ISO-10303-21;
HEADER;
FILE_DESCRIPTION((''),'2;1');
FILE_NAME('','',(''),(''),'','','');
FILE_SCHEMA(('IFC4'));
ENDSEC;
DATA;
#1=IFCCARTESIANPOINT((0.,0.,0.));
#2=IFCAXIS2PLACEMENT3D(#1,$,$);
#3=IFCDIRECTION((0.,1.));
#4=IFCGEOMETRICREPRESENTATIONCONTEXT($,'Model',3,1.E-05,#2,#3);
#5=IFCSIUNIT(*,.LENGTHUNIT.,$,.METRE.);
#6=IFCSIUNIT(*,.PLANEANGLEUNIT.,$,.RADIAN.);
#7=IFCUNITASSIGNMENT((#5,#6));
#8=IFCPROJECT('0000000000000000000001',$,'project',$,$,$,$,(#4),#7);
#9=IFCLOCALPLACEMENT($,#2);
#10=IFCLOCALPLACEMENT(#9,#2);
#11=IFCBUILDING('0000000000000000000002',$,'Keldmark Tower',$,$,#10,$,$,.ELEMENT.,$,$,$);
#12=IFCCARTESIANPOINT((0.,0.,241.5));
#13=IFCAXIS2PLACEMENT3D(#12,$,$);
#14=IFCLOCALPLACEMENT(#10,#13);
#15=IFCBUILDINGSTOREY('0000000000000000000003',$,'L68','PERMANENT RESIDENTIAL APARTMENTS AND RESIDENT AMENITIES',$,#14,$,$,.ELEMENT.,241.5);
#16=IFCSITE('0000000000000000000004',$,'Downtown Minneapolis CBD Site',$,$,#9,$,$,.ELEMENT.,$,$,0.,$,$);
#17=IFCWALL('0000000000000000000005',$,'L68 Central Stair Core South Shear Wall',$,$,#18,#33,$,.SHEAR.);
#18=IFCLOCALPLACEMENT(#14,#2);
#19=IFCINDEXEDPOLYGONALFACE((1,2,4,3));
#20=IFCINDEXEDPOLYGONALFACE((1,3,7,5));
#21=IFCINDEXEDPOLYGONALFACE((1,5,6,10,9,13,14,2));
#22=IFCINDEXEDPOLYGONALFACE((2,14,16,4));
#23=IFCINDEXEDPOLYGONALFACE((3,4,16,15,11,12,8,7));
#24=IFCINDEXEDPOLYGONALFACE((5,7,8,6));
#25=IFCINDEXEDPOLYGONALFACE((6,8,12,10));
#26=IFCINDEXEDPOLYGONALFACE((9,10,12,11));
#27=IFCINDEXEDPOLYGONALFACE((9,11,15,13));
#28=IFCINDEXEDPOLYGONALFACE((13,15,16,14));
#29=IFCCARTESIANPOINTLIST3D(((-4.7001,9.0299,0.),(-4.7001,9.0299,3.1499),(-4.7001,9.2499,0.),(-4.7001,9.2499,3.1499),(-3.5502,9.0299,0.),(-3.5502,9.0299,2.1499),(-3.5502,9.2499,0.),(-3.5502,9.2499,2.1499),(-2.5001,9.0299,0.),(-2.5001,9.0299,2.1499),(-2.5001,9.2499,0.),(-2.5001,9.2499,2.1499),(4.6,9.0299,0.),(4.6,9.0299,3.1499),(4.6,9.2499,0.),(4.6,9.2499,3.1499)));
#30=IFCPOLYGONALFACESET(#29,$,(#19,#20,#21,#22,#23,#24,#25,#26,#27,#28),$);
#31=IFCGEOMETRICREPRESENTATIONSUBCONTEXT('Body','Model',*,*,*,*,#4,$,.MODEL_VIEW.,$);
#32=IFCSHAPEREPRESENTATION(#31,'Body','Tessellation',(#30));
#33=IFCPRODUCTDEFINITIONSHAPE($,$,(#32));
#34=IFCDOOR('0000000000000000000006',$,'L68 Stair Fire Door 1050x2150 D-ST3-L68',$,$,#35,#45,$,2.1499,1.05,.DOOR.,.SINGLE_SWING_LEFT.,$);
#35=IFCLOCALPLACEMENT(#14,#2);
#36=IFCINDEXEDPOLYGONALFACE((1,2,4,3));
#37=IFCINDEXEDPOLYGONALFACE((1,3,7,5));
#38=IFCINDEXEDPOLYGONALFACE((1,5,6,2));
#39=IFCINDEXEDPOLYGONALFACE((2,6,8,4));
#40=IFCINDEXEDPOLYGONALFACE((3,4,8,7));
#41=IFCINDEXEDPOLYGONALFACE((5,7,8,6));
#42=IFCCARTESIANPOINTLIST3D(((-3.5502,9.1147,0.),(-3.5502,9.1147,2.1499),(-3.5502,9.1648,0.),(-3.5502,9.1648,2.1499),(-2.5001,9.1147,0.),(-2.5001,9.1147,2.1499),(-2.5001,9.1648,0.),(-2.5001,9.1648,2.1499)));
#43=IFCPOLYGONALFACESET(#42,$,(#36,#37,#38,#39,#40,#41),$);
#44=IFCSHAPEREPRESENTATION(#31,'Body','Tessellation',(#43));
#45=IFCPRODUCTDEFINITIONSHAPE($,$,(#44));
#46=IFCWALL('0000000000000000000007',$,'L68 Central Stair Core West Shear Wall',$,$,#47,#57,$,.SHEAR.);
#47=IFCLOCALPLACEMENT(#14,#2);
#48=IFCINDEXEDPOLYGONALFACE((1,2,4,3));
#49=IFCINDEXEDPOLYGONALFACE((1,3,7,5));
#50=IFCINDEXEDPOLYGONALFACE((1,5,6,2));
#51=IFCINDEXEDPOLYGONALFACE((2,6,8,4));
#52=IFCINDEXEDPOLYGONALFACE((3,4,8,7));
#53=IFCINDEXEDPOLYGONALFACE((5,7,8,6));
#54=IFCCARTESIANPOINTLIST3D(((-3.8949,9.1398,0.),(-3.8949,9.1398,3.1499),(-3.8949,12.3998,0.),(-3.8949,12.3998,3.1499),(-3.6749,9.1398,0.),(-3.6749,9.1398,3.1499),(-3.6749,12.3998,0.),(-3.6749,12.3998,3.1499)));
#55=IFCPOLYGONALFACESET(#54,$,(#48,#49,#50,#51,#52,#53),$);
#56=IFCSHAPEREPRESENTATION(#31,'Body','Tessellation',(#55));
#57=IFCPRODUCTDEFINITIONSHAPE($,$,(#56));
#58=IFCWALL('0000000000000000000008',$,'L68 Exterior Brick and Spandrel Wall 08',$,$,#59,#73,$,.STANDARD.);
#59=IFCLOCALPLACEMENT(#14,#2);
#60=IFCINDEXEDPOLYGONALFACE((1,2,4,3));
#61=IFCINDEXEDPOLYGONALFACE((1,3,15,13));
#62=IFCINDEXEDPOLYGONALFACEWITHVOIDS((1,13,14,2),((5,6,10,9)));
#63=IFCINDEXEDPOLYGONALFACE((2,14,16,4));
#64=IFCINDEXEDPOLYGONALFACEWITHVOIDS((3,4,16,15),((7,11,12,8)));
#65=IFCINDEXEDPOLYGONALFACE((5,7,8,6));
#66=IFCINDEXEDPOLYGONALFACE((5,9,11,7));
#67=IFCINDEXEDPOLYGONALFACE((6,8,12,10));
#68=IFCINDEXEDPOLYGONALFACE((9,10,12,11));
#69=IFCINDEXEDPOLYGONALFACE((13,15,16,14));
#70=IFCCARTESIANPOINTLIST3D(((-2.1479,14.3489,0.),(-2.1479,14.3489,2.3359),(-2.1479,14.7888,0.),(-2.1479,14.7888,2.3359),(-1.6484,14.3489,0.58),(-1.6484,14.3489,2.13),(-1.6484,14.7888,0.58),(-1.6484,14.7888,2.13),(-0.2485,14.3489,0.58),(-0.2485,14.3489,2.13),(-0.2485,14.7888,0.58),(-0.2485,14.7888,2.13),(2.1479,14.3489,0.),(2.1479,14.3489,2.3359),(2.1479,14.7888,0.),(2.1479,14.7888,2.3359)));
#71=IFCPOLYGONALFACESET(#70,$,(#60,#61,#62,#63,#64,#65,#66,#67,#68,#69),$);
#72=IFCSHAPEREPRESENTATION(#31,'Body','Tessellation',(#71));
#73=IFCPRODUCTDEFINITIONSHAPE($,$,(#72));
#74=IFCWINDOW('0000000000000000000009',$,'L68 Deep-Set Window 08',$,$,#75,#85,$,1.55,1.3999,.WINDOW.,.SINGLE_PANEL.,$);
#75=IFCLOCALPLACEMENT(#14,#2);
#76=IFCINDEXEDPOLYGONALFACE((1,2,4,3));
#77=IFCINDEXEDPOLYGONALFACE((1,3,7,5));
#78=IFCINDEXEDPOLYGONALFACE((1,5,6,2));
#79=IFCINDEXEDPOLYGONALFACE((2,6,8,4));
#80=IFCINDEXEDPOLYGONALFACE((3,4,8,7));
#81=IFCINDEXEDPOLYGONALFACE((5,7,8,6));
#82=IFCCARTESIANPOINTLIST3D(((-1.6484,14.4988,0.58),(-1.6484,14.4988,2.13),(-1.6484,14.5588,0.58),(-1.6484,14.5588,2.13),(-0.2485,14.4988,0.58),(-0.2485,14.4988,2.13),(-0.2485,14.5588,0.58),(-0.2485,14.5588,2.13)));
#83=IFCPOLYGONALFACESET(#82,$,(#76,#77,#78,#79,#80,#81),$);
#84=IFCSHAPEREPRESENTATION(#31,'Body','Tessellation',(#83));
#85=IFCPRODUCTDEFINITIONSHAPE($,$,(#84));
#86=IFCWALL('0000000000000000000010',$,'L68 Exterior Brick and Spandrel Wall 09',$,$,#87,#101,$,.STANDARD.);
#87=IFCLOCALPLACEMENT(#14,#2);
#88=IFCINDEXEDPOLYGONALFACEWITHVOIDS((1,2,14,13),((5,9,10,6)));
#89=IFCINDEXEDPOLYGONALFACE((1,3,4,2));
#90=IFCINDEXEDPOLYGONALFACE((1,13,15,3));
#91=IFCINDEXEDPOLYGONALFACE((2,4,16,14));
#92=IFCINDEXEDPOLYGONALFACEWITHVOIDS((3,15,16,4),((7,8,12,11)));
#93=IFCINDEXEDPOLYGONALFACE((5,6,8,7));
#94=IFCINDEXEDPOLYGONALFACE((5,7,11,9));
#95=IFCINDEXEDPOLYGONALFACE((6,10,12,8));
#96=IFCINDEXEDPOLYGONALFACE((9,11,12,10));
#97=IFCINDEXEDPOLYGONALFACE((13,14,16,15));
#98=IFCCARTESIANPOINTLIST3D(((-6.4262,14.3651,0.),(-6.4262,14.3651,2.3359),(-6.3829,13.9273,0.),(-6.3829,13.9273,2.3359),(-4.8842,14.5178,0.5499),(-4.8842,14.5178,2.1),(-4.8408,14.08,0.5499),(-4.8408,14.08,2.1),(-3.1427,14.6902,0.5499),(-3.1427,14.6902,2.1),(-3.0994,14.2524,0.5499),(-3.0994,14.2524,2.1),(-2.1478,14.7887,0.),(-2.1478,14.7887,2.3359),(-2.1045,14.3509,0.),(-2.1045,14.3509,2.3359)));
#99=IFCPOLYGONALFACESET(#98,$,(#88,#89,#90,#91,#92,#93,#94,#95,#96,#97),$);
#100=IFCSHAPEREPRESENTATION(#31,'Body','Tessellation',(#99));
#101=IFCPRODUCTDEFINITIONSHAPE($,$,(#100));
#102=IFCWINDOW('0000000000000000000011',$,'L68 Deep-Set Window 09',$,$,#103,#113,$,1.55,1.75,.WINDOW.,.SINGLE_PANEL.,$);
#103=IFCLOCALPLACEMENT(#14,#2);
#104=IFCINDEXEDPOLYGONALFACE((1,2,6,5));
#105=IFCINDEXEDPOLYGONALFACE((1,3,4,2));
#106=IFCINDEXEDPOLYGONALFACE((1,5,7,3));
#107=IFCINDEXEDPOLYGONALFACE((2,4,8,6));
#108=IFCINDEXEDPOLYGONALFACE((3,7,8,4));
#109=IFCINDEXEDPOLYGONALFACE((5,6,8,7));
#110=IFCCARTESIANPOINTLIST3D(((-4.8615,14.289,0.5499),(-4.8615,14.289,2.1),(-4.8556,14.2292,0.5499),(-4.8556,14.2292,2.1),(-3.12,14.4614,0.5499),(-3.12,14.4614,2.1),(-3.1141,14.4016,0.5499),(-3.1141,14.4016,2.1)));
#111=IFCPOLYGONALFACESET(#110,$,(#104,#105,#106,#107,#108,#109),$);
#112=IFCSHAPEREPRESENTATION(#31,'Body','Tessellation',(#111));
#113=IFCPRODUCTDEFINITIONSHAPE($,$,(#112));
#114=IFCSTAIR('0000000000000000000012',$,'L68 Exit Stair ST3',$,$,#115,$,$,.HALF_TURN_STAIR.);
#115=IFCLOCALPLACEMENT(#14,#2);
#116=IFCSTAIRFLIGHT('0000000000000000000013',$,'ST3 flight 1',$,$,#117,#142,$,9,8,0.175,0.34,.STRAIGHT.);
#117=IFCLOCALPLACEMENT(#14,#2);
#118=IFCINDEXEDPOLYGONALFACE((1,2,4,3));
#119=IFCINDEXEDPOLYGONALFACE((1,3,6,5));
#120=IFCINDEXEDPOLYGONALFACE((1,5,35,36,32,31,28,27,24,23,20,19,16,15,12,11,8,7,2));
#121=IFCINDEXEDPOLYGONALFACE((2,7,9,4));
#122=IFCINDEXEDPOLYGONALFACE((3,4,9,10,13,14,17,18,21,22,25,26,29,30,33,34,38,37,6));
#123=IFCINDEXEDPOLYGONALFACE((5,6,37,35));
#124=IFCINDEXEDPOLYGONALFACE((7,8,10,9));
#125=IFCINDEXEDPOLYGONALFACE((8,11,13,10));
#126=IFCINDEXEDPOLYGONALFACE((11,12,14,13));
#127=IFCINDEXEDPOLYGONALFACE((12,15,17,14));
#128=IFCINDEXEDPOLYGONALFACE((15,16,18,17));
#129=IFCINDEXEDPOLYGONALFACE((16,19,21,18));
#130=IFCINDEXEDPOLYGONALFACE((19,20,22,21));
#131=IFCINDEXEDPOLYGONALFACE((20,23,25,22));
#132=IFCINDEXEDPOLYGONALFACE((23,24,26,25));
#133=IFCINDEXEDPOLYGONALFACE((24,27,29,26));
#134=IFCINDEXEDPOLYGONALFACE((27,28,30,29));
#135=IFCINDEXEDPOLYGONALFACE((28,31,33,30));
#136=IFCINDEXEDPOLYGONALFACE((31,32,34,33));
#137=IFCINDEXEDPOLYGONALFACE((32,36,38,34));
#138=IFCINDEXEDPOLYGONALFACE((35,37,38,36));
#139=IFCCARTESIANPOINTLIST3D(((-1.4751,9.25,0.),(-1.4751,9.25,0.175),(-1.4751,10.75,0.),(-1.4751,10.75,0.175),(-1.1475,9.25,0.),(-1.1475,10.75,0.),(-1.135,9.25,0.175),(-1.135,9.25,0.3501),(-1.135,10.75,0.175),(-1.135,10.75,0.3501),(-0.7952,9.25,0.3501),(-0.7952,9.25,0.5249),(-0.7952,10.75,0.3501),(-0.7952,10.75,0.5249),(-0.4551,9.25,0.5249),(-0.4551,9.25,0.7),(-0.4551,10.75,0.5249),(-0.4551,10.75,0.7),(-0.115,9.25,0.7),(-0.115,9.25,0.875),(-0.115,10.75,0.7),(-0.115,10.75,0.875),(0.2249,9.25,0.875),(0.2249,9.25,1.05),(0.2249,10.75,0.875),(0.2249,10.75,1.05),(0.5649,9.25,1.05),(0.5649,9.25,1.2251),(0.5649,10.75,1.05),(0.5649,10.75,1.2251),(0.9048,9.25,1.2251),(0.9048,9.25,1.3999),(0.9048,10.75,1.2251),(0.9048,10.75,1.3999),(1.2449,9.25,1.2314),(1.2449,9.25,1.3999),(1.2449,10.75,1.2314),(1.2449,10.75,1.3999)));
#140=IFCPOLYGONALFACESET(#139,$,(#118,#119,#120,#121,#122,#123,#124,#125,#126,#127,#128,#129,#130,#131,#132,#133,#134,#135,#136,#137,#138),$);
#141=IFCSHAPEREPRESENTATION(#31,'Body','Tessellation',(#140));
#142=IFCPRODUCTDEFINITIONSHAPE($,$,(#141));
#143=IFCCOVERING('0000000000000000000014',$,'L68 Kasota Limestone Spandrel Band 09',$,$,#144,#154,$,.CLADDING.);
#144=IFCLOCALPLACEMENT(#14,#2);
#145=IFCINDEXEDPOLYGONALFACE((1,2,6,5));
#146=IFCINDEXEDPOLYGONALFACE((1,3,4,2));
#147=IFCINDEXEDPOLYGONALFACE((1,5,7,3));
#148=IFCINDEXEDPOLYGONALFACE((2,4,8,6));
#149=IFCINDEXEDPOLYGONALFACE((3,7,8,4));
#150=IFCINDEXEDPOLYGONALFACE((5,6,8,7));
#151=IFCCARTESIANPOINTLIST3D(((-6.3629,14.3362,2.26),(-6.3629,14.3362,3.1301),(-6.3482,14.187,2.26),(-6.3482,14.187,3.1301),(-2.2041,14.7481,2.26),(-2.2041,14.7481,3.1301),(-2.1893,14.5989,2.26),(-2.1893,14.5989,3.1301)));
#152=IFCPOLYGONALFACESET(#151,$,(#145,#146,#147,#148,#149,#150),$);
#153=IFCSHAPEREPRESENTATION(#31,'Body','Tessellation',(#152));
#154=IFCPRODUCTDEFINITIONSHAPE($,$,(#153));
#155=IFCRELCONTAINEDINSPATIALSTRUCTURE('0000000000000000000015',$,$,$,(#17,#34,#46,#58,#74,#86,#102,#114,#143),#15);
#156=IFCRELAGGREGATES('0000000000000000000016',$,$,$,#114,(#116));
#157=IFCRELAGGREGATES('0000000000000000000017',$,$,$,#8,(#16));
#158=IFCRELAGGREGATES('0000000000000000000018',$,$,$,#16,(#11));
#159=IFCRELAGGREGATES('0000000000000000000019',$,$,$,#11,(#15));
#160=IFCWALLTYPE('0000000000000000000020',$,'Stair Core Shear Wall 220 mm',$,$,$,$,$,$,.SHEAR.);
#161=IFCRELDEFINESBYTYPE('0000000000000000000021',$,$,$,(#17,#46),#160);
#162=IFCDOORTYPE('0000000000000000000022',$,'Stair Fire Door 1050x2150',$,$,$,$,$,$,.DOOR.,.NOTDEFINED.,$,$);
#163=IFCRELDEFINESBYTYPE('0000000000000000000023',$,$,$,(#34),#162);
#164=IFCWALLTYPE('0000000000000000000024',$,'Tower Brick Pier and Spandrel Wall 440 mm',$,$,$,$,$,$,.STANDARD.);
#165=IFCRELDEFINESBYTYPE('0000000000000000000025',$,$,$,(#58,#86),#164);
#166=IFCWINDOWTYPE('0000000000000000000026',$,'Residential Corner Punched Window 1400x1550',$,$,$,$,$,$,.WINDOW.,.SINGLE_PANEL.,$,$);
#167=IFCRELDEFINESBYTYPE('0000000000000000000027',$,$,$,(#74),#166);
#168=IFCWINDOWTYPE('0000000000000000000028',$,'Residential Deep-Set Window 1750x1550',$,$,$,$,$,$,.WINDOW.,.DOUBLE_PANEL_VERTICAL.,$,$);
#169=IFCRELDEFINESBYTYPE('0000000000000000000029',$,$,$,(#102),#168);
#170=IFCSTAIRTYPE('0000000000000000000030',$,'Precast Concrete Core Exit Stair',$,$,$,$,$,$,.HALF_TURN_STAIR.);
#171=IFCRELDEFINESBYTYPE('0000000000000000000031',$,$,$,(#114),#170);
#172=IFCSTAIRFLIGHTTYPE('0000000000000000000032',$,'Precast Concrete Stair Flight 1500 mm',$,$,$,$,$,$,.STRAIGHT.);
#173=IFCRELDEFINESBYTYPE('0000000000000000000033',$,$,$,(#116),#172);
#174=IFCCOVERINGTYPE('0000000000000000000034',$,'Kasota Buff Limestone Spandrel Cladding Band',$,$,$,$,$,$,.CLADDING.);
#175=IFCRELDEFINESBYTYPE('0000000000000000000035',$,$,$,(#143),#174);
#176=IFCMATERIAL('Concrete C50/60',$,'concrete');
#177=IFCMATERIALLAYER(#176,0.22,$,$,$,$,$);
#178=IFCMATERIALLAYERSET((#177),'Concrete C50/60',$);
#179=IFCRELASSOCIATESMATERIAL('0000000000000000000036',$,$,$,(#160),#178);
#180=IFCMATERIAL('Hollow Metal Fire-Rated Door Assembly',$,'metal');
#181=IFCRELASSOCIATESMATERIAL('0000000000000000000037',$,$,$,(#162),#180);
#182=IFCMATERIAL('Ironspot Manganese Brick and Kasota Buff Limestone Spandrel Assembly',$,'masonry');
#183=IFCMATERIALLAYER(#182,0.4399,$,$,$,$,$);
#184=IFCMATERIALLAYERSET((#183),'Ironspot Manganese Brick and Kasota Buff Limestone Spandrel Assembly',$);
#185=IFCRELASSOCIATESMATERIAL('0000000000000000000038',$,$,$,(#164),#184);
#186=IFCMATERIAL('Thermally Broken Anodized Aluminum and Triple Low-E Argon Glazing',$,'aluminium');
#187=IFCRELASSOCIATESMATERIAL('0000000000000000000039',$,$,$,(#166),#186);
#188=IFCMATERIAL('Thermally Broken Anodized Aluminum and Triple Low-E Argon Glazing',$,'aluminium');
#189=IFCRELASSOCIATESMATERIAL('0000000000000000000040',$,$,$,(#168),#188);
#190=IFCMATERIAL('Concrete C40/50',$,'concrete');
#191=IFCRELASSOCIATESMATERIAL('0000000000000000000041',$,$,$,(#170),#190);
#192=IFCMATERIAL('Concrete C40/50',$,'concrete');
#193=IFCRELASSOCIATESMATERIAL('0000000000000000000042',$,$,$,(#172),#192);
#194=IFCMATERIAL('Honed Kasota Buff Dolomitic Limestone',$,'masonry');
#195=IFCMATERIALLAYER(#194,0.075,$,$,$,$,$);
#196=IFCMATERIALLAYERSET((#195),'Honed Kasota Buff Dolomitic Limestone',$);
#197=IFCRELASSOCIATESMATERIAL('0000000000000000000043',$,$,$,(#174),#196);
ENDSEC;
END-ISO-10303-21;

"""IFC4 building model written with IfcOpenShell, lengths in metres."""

from ifc_helpers import new_model, si_unit, direction, frame, frame_2d, origin, origin_2d, place, context, subcontext, project, spatial, polyline, rectangle, outline, extrude, material, layer, layer_set, type_object, element, fill, aggregate, save


model = new_model("IFC4")

# Units and contexts
model_context = context("Model", 3, precision=1e-05, world=origin(), true_north=direction((0.0, 1.0)))
body_context = subcontext(model_context, "Body", "Model", "MODEL_VIEW")
ifc_project = project(units=[si_unit("LENGTHUNIT", "METRE"), si_unit("PLANEANGLEUNIT", "RADIAN")], contexts=[model_context])

# Site, building, storey
site_placement = place(None, origin())
site = spatial("IfcSite", under=ifc_project, at=site_placement, Name="Downtown Minneapolis CBD Site", CompositionType="ELEMENT", RefElevation=0.0)
building_placement = place(site_placement, origin())
building = spatial("IfcBuilding", under=site, at=building_placement, Name="Keldmark Tower", CompositionType="ELEMENT")
storey_placement = place(building_placement, frame((0.0, 0.0, 241.5)))
storey = spatial("IfcBuildingStorey", under=building, at=storey_placement, Name="L68", Description="PERMANENT RESIDENTIAL APARTMENTS AND RESIDENT AMENITIES", CompositionType="ELEMENT", Elevation=241.5)

# Wall, opening, door
ifc_material_1 = material(Name="Concrete C50/60", Category="concrete")
ifc_layer_1 = layer(ifc_material_1, 0.22)
ifc_layer_set_1 = layer_set([ifc_layer_1], Name="Concrete C50/60")
wall_type_1 = type_object("IfcWallType", Name="Stair Core Shear Wall 220 mm", PredefinedType="SHEAR", material=ifc_layer_set_1)
wall_1_placement = place(storey_placement, frame((-4.7, 9.1399, 0.0), z_axis=(0.0, 0.0, 1.0), x_axis=(1.0, 0.0, 0.0)))
wall_1 = element("IfcWall", 1, at=wall_1_placement, inside=storey, type_object=wall_type_1, Name="L68 Central Stair Core South Shear Wall", PredefinedType="SHEAR", context=body_context, shape_type="SweptSolid", body=[
    extrude(rectangle(XDim=9.3, YDim=0.22, at=frame_2d((4.6499, 0.0))), origin(), (0.0, 0.0, 1.0), 3.1499),
])
opening_1_placement = place(wall_1_placement, frame((1.1499, 0.0, 0.0)))
opening_1 = element("IfcOpeningElement", 2, at=opening_1_placement, cuts=wall_1, PredefinedType="OPENING", context=body_context, shape_type="SweptSolid", body=[
    extrude(rectangle(XDim=1.05, YDim=2.1499, at=frame_2d((0.5249, 1.075))), frame((0.0, 0.1199, 0.0), z_axis=(0.0, -1.0, 0.0), x_axis=(1.0, 0.0, 0.0)), (0.0, 0.0, 1.0), 0.24),
])
ifc_material_2 = material(Name="Hollow Metal Fire-Rated Door Assembly", Category="metal")
door_type = type_object("IfcDoorType", Name="Stair Fire Door 1050x2150", OperationType="NOTDEFINED", PredefinedType="DOOR", material=ifc_material_2)
door_placement = place(opening_1_placement, origin())
door = element("IfcDoor", 3, at=door_placement, inside=storey, type_object=door_type, Name="L68 Stair Fire Door 1050x2150 D-ST3-L68", OperationType="SINGLE_SWING_LEFT", OverallHeight=2.1499, OverallWidth=1.05, PredefinedType="DOOR", context=body_context, shape_type="SweptSolid", body=[
    extrude(rectangle(XDim=1.05, YDim=2.1499, at=frame_2d((0.5249, 1.075))), frame((0.0, 0.0249, 0.0), z_axis=(0.0, -1.0, 0.0), x_axis=(1.0, 0.0, 0.0)), (0.0, 0.0, 1.0), 0.05),
])
fill(opening_1, door)

# Wall
wall_2_placement = place(storey_placement, frame((-3.7849, 9.1399, 0.0), z_axis=(0.0, 0.0, 1.0), x_axis=(0.0, 1.0, 0.0)))
element("IfcWall", 4, at=wall_2_placement, inside=storey, type_object=wall_type_1, Name="L68 Central Stair Core West Shear Wall", PredefinedType="SHEAR", context=body_context, shape_type="SweptSolid", body=[
    extrude(rectangle(XDim=3.26, YDim=0.22, at=frame_2d((1.6299, 0.0))), origin(), (0.0, 0.0, 1.0), 3.1499),
])

# Walls, openings, windows
ifc_material_3 = material(Name="Ironspot Manganese Brick and Kasota Buff Limestone Spandrel Assembly", Category="masonry")
ifc_layer_2 = layer(ifc_material_3, 0.4399)
ifc_layer_set_2 = layer_set([ifc_layer_2], Name="Ironspot Manganese Brick and Kasota Buff Limestone Spandrel Assembly")
wall_type_2 = type_object("IfcWallType", Name="Tower Brick Pier and Spandrel Wall 440 mm", PredefinedType="STANDARD", material=ifc_layer_set_2)
wall_3_placement = place(storey_placement, frame((-2.1479, 14.5688, 0.0), z_axis=(0.0, 0.0, 1.0), x_axis=(1.0, 0.0, 0.0)))
wall_3 = element("IfcWall", 5, at=wall_3_placement, inside=storey, type_object=wall_type_2, Name="L68 Exterior Brick and Spandrel Wall 08", PredefinedType="STANDARD", context=body_context, shape_type="SweptSolid", body=[
    extrude(rectangle(XDim=4.2959, YDim=0.4399, at=frame_2d((2.1479, 0.0))), origin(), (0.0, 0.0, 1.0), 2.3359),
])
opening_2_placement = place(wall_3_placement, frame((0.4995, 0.0, 0.5801)))
opening_2 = element("IfcOpeningElement", 6, at=opening_2_placement, cuts=wall_3, PredefinedType="OPENING", context=body_context, shape_type="SweptSolid", body=[
    extrude(rectangle(XDim=1.3999, YDim=1.55, at=frame_2d((0.7, 0.7749))), frame((0.0, 0.23, 0.0), z_axis=(0.0, -1.0, 0.0), x_axis=(1.0, 0.0, 0.0)), (0.0, 0.0, 1.0), 0.46),
])
ifc_material_4 = material(Name="Thermally Broken Anodized Aluminum and Triple Low-E Argon Glazing", Category="aluminium")
window_type_1 = type_object("IfcWindowType", Name="Residential Corner Punched Window 1400x1550", PartitioningType="SINGLE_PANEL", PredefinedType="WINDOW", material=ifc_material_4)
window_1_placement = place(opening_2_placement, origin())
window_1 = element("IfcWindow", 7, at=window_1_placement, inside=storey, type_object=window_type_1, Name="L68 Deep-Set Window 08", OverallHeight=1.55, OverallWidth=1.3999, PartitioningType="SINGLE_PANEL", PredefinedType="WINDOW", context=body_context, shape_type="SweptSolid", body=[
    extrude(rectangle(XDim=1.3999, YDim=1.55, at=frame_2d((0.7, 0.7749))), frame((0.0, -0.01, 0.0), z_axis=(0.0, -1.0, 0.0), x_axis=(1.0, 0.0, 0.0)), (0.0, 0.0, 1.0), 0.0601),
])
fill(opening_2, window_1)
wall_4_placement = place(storey_placement, frame((-6.4045, 14.1462, 0.0), z_axis=(0.0, 0.0, 1.0), x_axis=(0.995135, 0.098525, 0.0)))
wall_4 = element("IfcWall", 8, at=wall_4_placement, inside=storey, type_object=wall_type_2, Name="L68 Exterior Brick and Spandrel Wall 09", PredefinedType="STANDARD", context=body_context, shape_type="SweptSolid", body=[
    extrude(rectangle(XDim=4.2993, YDim=0.4399, at=frame_2d((2.1497, 0.0))), origin(), (0.0, 0.0, 1.0), 2.3359),
])
opening_3_placement = place(wall_4_placement, frame((1.5496, 0.0, 0.55)))
opening_3 = element("IfcOpeningElement", 9, at=opening_3_placement, cuts=wall_4, PredefinedType="OPENING", context=body_context, shape_type="SweptSolid", body=[
    extrude(rectangle(XDim=1.75, YDim=1.55, at=frame_2d((0.875, 0.7749))), frame((0.0, 0.23, 0.0), z_axis=(0.0, -1.0, 0.0), x_axis=(1.0, 0.0, 0.0)), (0.0, 0.0, 1.0), 0.46),
])
ifc_material_5 = material(Name="Thermally Broken Anodized Aluminum and Triple Low-E Argon Glazing", Category="aluminium")
window_type_2 = type_object("IfcWindowType", Name="Residential Deep-Set Window 1750x1550", PartitioningType="DOUBLE_PANEL_VERTICAL", PredefinedType="WINDOW", material=ifc_material_5)
window_2_placement = place(opening_3_placement, origin())
window_2 = element("IfcWindow", 10, at=window_2_placement, inside=storey, type_object=window_type_2, Name="L68 Deep-Set Window 09", OverallHeight=1.55, OverallWidth=1.75, PartitioningType="SINGLE_PANEL", PredefinedType="WINDOW", context=body_context, shape_type="SweptSolid", body=[
    extrude(rectangle(XDim=1.75, YDim=1.55, at=frame_2d((0.875, 0.7749))), frame((0.0, -0.01, 0.0), z_axis=(0.0, -1.0, 0.0), x_axis=(1.0, 0.0, 0.0)), (0.0, 0.0, 1.0), 0.0601),
])
fill(opening_3, window_2)

# Stair, stair flight
ifc_material_6 = material(Name="Concrete C40/50", Category="concrete")
stair_type = type_object("IfcStairType", Name="Precast Concrete Core Exit Stair", PredefinedType="HALF_TURN_STAIR", material=ifc_material_6)
stair_placement = place(storey_placement, origin())
stair = element("IfcStair", 11, at=stair_placement, inside=storey, type_object=stair_type, Name="L68 Exit Stair ST3", PredefinedType="HALF_TURN_STAIR")
ifc_material_7 = material(Name="Concrete C40/50", Category="concrete")
stair_flight_type = type_object("IfcStairFlightType", Name="Precast Concrete Stair Flight 1500 mm", PredefinedType="STRAIGHT", material=ifc_material_7)
stair_flight_placement = place(storey_placement, frame((-1.4751, 10.0, 0.0), z_axis=(0.0, 0.0, 1.0), x_axis=(1.0, 0.0, 0.0)))
stair_flight = element("IfcStairFlight", 12, at=stair_flight_placement, type_object=stair_flight_type, Name="ST3 flight 1", NumberOfRisers=9, NumberOfTreads=8, PredefinedType="STRAIGHT", RiserHeight=0.175, TreadLength=0.34, context=body_context, shape_type="SweptSolid", body=[
    extrude(outline(polyline([(0.0, 0.0), (0.0, 0.175), (0.3401, 0.175), (0.3401, 0.3501), (0.6799, 0.3501), (0.6799, 0.5249), (1.02, 0.5249), (1.02, 0.7), (1.3601, 0.7), (1.3601, 0.875), (1.7, 0.875), (1.7, 1.05), (2.04, 1.05), (2.04, 1.2251), (2.3799, 1.2251), (2.3799, 1.3999), (2.72, 1.3999), (2.72, 1.575), (2.72, 1.2314), (0.3276, 0.0), (0.0, 0.0)])), frame((0.0, 0.75, 0.0), z_axis=(0.0, -1.0, 0.0), x_axis=(1.0, 0.0, 0.0)), (0.0, 0.0, 1.0), 1.5),
])
aggregate(stair, [stair_flight])

# Covering
ifc_material_8 = material(Name="Honed Kasota Buff Dolomitic Limestone", Category="masonry")
ifc_layer_3 = layer(ifc_material_8, 0.075)
ifc_layer_set_3 = layer_set([ifc_layer_3], Name="Honed Kasota Buff Dolomitic Limestone")
covering_type = type_object("IfcCoveringType", Name="Kasota Buff Limestone Spandrel Cladding Band", PredefinedType="CLADDING", material=ifc_layer_set_3)
covering_placement = place(storey_placement, frame((-4.2761, 14.4675, 2.26), z_axis=(0.0, 0.0, 1.0), x_axis=(-0.995132, -0.098556, 0.0)))
element("IfcCovering", 13, at=covering_placement, inside=storey, type_object=covering_type, Name="L68 Kasota Limestone Spandrel Band 09", PredefinedType="CLADDING", context=body_context, shape_type="SweptSolid", body=[
    extrude(rectangle(XDim=4.1792, YDim=0.1499, at=origin_2d()), origin(), (0.0, 0.0, 1.0), 0.8701),
])

save(model, "model.ifc")
